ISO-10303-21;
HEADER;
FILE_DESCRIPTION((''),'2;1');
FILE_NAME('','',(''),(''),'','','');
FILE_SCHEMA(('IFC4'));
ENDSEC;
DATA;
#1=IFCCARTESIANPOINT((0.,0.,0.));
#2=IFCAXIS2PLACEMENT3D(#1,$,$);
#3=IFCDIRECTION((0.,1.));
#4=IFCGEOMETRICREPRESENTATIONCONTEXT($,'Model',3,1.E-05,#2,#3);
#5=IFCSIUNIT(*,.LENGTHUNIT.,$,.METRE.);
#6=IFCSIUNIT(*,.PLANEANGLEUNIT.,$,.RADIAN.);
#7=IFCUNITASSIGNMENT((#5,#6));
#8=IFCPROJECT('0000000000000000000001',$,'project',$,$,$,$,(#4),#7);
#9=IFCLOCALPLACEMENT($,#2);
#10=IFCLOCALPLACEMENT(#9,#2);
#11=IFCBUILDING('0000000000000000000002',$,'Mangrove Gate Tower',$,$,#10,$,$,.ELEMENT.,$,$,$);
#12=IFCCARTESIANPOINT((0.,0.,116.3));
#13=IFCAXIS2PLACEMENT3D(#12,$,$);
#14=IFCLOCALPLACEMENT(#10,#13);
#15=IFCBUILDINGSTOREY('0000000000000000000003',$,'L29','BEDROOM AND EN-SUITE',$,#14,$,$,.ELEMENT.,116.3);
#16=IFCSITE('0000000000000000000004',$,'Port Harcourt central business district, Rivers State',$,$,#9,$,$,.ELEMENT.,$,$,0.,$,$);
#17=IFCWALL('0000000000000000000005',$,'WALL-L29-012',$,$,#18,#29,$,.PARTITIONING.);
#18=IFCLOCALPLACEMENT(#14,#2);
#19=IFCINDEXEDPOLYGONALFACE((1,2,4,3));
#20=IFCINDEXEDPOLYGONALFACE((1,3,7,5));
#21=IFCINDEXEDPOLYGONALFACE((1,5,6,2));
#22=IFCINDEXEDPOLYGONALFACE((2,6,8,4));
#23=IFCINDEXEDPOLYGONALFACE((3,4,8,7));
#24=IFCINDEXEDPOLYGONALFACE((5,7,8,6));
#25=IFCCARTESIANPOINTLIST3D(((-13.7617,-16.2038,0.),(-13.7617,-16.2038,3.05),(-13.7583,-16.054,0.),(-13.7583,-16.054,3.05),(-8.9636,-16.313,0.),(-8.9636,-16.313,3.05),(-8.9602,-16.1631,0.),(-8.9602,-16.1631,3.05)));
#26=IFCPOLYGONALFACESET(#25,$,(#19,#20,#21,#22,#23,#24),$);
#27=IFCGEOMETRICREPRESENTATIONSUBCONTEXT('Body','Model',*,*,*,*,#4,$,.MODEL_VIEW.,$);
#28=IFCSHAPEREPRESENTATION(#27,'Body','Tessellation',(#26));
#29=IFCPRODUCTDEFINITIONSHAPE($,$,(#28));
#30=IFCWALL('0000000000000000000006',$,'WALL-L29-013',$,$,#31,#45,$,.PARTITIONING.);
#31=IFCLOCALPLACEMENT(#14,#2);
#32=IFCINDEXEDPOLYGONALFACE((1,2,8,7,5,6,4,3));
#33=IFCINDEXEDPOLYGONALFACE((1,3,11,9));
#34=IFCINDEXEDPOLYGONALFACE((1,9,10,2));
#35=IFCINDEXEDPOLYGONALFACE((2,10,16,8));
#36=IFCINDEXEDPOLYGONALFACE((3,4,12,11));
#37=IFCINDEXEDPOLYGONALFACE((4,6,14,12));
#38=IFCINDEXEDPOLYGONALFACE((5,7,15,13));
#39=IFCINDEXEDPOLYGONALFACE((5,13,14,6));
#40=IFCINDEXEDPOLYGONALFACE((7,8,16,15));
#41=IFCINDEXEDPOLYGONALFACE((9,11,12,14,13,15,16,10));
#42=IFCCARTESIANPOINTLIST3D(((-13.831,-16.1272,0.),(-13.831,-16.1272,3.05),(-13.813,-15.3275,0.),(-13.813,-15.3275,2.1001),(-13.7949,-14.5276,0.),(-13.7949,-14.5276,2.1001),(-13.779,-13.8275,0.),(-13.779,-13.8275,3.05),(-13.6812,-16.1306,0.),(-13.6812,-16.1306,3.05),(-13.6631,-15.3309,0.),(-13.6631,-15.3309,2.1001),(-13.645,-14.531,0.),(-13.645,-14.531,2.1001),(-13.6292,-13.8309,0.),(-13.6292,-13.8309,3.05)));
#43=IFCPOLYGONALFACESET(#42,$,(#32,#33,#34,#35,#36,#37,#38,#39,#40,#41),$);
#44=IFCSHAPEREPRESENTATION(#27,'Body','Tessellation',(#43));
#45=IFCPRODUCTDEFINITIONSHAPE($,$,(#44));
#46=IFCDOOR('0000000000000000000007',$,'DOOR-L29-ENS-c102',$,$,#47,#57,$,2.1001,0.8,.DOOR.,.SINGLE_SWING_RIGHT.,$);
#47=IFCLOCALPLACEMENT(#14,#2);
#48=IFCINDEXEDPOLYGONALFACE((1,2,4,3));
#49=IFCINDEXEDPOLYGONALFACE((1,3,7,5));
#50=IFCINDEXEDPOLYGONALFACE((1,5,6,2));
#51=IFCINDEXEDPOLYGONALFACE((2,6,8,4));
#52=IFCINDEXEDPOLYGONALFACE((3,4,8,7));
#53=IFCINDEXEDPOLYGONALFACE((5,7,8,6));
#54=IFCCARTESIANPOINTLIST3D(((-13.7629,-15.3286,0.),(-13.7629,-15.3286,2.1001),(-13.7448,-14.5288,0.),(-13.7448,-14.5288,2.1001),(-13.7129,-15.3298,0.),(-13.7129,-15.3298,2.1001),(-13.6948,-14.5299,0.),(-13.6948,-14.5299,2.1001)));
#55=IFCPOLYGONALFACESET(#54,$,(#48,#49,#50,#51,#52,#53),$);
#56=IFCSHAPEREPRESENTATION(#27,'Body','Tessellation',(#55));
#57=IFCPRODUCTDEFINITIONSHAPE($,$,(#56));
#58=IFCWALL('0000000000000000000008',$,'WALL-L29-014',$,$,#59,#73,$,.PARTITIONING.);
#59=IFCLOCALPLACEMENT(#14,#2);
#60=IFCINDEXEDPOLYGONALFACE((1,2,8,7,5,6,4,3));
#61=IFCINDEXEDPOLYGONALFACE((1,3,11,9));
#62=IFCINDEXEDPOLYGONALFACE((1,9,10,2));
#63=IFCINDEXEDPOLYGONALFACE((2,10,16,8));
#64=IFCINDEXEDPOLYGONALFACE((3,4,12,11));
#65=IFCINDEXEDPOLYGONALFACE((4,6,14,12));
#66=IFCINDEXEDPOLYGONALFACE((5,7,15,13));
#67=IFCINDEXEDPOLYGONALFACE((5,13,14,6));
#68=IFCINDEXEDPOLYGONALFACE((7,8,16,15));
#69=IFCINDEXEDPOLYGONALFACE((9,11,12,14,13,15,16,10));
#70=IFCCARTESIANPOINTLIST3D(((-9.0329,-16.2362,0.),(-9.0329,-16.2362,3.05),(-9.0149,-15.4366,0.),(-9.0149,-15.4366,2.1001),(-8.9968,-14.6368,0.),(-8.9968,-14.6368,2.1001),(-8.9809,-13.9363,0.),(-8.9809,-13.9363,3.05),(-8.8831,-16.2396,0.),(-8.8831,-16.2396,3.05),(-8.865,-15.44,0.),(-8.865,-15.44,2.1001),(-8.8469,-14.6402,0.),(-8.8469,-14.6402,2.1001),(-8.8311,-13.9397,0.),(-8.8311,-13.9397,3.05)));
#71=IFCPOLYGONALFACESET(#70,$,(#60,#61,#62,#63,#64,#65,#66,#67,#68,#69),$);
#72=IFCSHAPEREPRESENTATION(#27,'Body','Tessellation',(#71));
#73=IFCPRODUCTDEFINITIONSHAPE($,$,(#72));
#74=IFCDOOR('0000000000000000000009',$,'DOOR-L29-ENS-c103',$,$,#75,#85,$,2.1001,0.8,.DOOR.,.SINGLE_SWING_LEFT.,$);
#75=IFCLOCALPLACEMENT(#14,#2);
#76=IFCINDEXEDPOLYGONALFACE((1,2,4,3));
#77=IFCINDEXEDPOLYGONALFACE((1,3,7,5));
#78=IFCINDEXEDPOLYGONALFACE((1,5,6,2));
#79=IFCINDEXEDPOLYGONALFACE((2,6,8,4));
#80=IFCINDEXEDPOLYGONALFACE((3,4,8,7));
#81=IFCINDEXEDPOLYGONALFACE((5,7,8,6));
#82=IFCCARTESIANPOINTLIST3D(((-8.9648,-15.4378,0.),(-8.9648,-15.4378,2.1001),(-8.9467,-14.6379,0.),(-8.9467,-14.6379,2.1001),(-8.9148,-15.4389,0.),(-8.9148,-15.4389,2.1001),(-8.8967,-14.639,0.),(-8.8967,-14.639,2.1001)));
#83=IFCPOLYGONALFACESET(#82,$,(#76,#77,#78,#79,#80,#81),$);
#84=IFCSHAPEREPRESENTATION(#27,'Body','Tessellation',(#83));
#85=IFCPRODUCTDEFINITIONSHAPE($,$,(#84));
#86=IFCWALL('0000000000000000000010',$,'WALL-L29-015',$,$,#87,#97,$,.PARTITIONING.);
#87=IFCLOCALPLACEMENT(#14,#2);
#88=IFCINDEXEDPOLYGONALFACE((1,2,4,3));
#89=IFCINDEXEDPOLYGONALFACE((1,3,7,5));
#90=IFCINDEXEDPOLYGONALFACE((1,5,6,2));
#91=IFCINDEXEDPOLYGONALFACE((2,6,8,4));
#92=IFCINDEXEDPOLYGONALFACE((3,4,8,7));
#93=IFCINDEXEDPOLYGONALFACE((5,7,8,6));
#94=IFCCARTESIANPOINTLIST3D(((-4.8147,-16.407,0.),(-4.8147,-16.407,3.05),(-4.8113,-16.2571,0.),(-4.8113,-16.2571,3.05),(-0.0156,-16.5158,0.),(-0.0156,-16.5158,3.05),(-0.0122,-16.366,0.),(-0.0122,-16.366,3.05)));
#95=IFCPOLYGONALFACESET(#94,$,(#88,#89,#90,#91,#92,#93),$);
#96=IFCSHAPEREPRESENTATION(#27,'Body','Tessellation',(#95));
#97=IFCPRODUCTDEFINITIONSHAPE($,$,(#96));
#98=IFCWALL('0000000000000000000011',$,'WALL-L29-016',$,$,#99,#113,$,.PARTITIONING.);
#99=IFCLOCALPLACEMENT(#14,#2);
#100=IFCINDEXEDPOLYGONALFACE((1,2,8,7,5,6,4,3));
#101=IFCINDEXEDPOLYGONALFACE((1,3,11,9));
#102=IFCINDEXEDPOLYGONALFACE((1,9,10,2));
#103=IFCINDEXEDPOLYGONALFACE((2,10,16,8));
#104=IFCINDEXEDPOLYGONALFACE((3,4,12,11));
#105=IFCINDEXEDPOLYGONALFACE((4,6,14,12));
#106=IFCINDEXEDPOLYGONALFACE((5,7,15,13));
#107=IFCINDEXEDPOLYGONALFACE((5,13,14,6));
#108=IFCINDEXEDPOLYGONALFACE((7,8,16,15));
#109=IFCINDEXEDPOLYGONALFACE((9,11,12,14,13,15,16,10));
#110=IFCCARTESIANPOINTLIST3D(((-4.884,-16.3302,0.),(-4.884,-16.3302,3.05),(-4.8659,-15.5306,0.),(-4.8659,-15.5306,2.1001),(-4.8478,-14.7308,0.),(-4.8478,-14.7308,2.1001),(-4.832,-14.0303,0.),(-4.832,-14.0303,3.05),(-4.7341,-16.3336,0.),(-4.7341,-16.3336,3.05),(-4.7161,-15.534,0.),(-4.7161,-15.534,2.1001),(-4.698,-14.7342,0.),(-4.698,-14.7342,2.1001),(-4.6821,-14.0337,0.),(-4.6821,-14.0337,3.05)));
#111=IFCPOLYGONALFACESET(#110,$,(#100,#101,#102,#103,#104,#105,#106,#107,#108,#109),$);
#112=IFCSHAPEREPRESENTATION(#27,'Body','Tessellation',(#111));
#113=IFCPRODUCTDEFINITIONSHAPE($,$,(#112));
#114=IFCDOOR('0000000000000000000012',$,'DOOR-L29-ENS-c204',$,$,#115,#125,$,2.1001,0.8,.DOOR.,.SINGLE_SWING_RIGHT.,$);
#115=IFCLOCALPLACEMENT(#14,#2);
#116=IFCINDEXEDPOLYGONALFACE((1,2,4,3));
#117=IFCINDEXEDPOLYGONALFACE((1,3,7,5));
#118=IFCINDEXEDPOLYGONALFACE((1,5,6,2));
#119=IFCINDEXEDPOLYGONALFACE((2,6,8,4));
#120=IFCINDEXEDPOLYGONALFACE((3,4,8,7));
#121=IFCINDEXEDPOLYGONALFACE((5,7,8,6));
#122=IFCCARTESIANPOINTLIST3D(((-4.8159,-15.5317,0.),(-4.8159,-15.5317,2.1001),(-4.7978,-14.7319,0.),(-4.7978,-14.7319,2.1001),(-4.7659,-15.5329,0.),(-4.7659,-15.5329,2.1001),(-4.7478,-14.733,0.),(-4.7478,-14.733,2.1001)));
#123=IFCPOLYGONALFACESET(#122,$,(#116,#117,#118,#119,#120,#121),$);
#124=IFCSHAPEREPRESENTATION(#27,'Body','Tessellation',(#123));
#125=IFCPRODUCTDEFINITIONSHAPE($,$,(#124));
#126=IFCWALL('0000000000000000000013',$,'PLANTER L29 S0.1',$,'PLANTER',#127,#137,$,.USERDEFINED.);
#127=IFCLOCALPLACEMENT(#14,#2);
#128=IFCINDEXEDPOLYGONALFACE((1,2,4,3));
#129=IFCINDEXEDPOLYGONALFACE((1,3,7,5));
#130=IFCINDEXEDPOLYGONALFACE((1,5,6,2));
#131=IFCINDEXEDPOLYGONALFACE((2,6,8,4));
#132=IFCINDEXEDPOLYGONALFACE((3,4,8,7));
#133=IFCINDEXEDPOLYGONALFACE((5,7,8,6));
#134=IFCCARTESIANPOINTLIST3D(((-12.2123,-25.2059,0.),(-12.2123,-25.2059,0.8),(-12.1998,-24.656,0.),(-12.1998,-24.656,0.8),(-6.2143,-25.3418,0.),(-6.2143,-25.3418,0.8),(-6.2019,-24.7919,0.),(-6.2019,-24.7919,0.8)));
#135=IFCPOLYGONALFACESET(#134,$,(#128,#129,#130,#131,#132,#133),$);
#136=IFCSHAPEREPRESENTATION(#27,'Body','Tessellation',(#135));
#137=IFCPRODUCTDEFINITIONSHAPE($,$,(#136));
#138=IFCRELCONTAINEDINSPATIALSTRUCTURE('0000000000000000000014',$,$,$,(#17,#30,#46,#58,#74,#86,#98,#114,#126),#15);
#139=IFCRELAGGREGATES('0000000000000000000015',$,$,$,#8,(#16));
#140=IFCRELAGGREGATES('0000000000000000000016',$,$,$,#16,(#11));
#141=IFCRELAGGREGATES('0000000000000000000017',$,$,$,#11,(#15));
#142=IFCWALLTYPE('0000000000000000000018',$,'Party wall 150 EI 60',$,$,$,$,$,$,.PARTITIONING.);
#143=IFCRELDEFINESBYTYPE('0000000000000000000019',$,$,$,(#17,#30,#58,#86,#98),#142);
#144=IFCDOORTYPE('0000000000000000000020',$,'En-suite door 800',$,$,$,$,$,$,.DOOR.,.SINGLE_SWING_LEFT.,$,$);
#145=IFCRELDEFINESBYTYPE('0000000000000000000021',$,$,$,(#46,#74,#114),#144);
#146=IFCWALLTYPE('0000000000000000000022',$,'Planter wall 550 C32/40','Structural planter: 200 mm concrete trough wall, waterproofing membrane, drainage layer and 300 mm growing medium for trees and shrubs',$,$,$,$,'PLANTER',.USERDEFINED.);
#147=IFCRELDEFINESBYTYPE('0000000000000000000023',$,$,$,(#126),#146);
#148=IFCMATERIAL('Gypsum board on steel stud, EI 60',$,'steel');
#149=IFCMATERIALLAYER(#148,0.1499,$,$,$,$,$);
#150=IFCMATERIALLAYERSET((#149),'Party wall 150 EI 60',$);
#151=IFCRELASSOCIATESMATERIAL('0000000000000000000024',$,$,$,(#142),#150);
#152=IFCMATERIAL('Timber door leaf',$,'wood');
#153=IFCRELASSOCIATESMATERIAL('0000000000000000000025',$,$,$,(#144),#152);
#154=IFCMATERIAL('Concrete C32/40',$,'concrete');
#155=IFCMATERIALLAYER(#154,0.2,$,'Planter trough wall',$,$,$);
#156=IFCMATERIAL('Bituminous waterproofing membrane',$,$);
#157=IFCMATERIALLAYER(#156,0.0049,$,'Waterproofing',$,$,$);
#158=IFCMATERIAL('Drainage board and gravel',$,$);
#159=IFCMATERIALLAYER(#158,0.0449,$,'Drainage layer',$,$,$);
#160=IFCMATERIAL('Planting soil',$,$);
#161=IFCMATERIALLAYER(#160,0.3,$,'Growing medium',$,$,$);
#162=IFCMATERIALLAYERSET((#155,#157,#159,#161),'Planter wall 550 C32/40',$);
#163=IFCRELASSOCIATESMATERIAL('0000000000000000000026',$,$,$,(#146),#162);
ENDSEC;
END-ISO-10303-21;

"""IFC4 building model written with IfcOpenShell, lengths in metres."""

from ifc_helpers import new_model, si_unit, direction, frame, frame_2d, origin, place, context, subcontext, project, spatial, rectangle, extrude, material, layer, layer_set, type_object, element, fill, save


model = new_model("IFC4")

# Units and contexts
model_context = context("Model", 3, precision=1e-05, world=origin(), true_north=direction((0.0, 1.0)))
body_context = subcontext(model_context, "Body", "Model", "MODEL_VIEW")
ifc_project = project(units=[si_unit("LENGTHUNIT", "METRE"), si_unit("PLANEANGLEUNIT", "RADIAN")], contexts=[model_context])

# Site, building, storey
site_placement = place(None, origin())
site = spatial("IfcSite", under=ifc_project, at=site_placement, Name="Port Harcourt central business district, Rivers State", CompositionType="ELEMENT", RefElevation=0.0)
building_placement = place(site_placement, origin())
building = spatial("IfcBuilding", under=site, at=building_placement, Name="Mangrove Gate Tower", CompositionType="ELEMENT")
storey_placement = place(building_placement, frame((0.0, 0.0, 116.3)))
storey = spatial("IfcBuildingStorey", under=building, at=storey_placement, Name="L29", Description="BEDROOM AND EN-SUITE", CompositionType="ELEMENT", Elevation=116.3)

# Wall
ifc_material_1 = material(Name="Gypsum board on steel stud, EI 60", Category="steel")
ifc_layer_1 = layer(ifc_material_1, 0.1499)
ifc_layer_set_1 = layer_set([ifc_layer_1], Name="Party wall 150 EI 60")
wall_type_1 = type_object("IfcWallType", Name="Party wall 150 EI 60", PredefinedType="PARTITIONING", material=ifc_layer_set_1)
wall_1_placement = place(storey_placement, frame((-13.76, -16.1289, 0.0), z_axis=(0.0, 0.0, 1.0), x_axis=(0.999741, -0.022739, 0.0)))
element("IfcWall", 1, at=wall_1_placement, inside=storey, type_object=wall_type_1, Name="WALL-L29-012", PredefinedType="PARTITIONING", context=body_context, shape_type="SweptSolid", body=[
    extrude(rectangle(XDim=4.7993, YDim=0.1499, at=frame_2d((2.3997, 0.0))), origin(), (0.0, 0.0, 1.0), 3.05),
])

# Walls, openings, doors
wall_2_placement = place(storey_placement, frame((-13.7561, -16.1289, 0.0), z_axis=(0.0, 0.0, 1.0), x_axis=(0.022606, 0.999744, 0.0)))
wall_2 = element("IfcWall", 2, at=wall_2_placement, inside=storey, type_object=wall_type_1, Name="WALL-L29-013", PredefinedType="PARTITIONING", context=body_context, shape_type="SweptSolid", body=[
    extrude(rectangle(XDim=2.3003, YDim=0.1499, at=frame_2d((1.1501, 0.0))), origin(), (0.0, 0.0, 1.0), 3.05),
])
opening_1_placement = place(wall_2_placement, frame((0.8, 0.0, 0.0)))
opening_1 = element("IfcOpeningElement", 3, at=opening_1_placement, cuts=wall_2, PredefinedType="OPENING", context=body_context, shape_type="SweptSolid", body=[
    extrude(rectangle(XDim=0.8, YDim=2.1001, at=frame_2d((0.3999, 1.05))), frame((0.0, 0.085, 0.0), z_axis=(0.0, -1.0, 0.0), x_axis=(1.0, 0.0, 0.0)), (0.0, 0.0, 1.0), 0.1699),
])
ifc_material_2 = material(Name="Timber door leaf", Category="wood")
door_type_1 = type_object("IfcDoorType", Name="En-suite door 800", OperationType="SINGLE_SWING_LEFT", PredefinedType="DOOR", material=ifc_material_2)
door_1_placement = place(opening_1_placement, origin())
door_1 = element("IfcDoor", 4, at=door_1_placement, inside=storey, type_object=door_type_1, Name="DOOR-L29-ENS-c102", OperationType="SINGLE_SWING_RIGHT", OverallHeight=2.1001, OverallWidth=0.8, PredefinedType="DOOR", context=body_context, shape_type="SweptSolid", body=[
    extrude(rectangle(XDim=0.8, YDim=2.1001, at=frame_2d((0.3999, 1.05))), frame((0.0, 0.0249, 0.0), z_axis=(0.0, -1.0, 0.0), x_axis=(1.0, 0.0, 0.0)), (0.0, 0.0, 1.0), 0.05),
])
fill(opening_1, door_1)
wall_3_placement = place(storey_placement, frame((-8.958, -16.238, 0.0), z_axis=(0.0, 0.0, 1.0), x_axis=(0.022603, 0.999745, 0.0)))
wall_3 = element("IfcWall", 5, at=wall_3_placement, inside=storey, type_object=wall_type_1, Name="WALL-L29-014", PredefinedType="PARTITIONING", context=body_context, shape_type="SweptSolid", body=[
    extrude(rectangle(XDim=2.3005, YDim=0.1499, at=frame_2d((1.1504, 0.0))), origin(), (0.0, 0.0, 1.0), 3.05),
])
opening_2_placement = place(wall_3_placement, frame((0.8, 0.0, 0.0)))
opening_2 = element("IfcOpeningElement", 6, at=opening_2_placement, cuts=wall_3, PredefinedType="OPENING", context=body_context, shape_type="SweptSolid", body=[
    extrude(rectangle(XDim=0.8, YDim=2.1001, at=frame_2d((0.3999, 1.05))), frame((0.0, 0.085, 0.0), z_axis=(0.0, -1.0, 0.0), x_axis=(1.0, 0.0, 0.0)), (0.0, 0.0, 1.0), 0.1699),
])
door_2_placement = place(opening_2_placement, origin())
door_2 = element("IfcDoor", 7, at=door_2_placement, inside=storey, type_object=door_type_1, Name="DOOR-L29-ENS-c103", OperationType="SINGLE_SWING_LEFT", OverallHeight=2.1001, OverallWidth=0.8, PredefinedType="DOOR", context=body_context, shape_type="SweptSolid", body=[
    extrude(rectangle(XDim=0.8, YDim=2.1001, at=frame_2d((0.3999, 1.05))), frame((0.0, 0.0249, 0.0), z_axis=(0.0, -1.0, 0.0), x_axis=(1.0, 0.0, 0.0)), (0.0, 0.0, 1.0), 0.05),
])
fill(opening_2, door_2)

# Wall
wall_4_placement = place(storey_placement, frame((-4.813, -16.332, 0.0), z_axis=(0.0, 0.0, 1.0), x_axis=(0.999743, -0.022683, 0.0)))
element("IfcWall", 8, at=wall_4_placement, inside=storey, type_object=wall_type_1, Name="WALL-L29-015", PredefinedType="PARTITIONING", context=body_context, shape_type="SweptSolid", body=[
    extrude(rectangle(XDim=4.8003, YDim=0.1499, at=frame_2d((2.4001, 0.0))), origin(), (0.0, 0.0, 1.0), 3.05),
])

# Wall, opening, door
wall_5_placement = place(storey_placement, frame((-4.8091, -16.332, 0.0), z_axis=(0.0, 0.0, 1.0), x_axis=(0.022603, 0.999745, 0.0)))
wall_5 = element("IfcWall", 9, at=wall_5_placement, inside=storey, type_object=wall_type_1, Name="WALL-L29-016", PredefinedType="PARTITIONING", context=body_context, shape_type="SweptSolid", body=[
    extrude(rectangle(XDim=2.3005, YDim=0.1499, at=frame_2d((1.1504, 0.0))), origin(), (0.0, 0.0, 1.0), 3.05),
])
opening_3_placement = place(wall_5_placement, frame((0.8, 0.0, 0.0)))
opening_3 = element("IfcOpeningElement", 10, at=opening_3_placement, cuts=wall_5, PredefinedType="OPENING", context=body_context, shape_type="SweptSolid", body=[
    extrude(rectangle(XDim=0.8, YDim=2.1001, at=frame_2d((0.3999, 1.05))), frame((0.0, 0.085, 0.0), z_axis=(0.0, -1.0, 0.0), x_axis=(1.0, 0.0, 0.0)), (0.0, 0.0, 1.0), 0.1699),
])
door_3_placement = place(opening_3_placement, origin())
door_3 = element("IfcDoor", 11, at=door_3_placement, inside=storey, type_object=door_type_1, Name="DOOR-L29-ENS-c204", OperationType="SINGLE_SWING_RIGHT", OverallHeight=2.1001, OverallWidth=0.8, PredefinedType="DOOR", context=body_context, shape_type="SweptSolid", body=[
    extrude(rectangle(XDim=0.8, YDim=2.1001, at=frame_2d((0.3999, 1.05))), frame((0.0, 0.0249, 0.0), z_axis=(0.0, -1.0, 0.0), x_axis=(1.0, 0.0, 0.0)), (0.0, 0.0, 1.0), 0.05),
])
fill(opening_3, door_3)

# Wall
ifc_material_3 = material(Name="Concrete C32/40", Category="concrete")
ifc_layer_2 = layer(ifc_material_3, 0.2, Name="Planter trough wall")
ifc_material_4 = material(Name="Bituminous waterproofing membrane")
ifc_layer_3 = layer(ifc_material_4, 0.0049, Name="Waterproofing")
ifc_material_5 = material(Name="Drainage board and gravel")
ifc_layer_4 = layer(ifc_material_5, 0.0449, Name="Drainage layer")
ifc_material_6 = material(Name="Planting soil")
ifc_layer_5 = layer(ifc_material_6, 0.3, Name="Growing medium")
ifc_layer_set_2 = layer_set([ifc_layer_2, ifc_layer_3, ifc_layer_4, ifc_layer_5], Name="Planter wall 550 C32/40")
wall_type_2 = type_object("IfcWallType", Name="Planter wall 550 C32/40", Description="Structural planter: 200 mm concrete trough wall, waterproofing membrane, drainage layer and 300 mm growing medium for trees and shrubs", ElementType="PLANTER", PredefinedType="USERDEFINED", material=ifc_layer_set_2)
wall_6_placement = place(storey_placement, frame((-12.2061, -24.9309, 0.0), z_axis=(0.0, 0.0, 1.0), x_axis=(0.999743, -0.022666, 0.0)))
element("IfcWall", 12, at=wall_6_placement, inside=storey, type_object=wall_type_2, Name="PLANTER L29 S0.1", ObjectType="PLANTER", PredefinedType="USERDEFINED", context=body_context, shape_type="SweptSolid", body=[
    extrude(rectangle(XDim=5.9995, YDim=0.55, at=frame_2d((2.9998, 0.0))), origin(), (0.0, 0.0, 1.0), 0.8),
])

save(model, "model.ifc")
